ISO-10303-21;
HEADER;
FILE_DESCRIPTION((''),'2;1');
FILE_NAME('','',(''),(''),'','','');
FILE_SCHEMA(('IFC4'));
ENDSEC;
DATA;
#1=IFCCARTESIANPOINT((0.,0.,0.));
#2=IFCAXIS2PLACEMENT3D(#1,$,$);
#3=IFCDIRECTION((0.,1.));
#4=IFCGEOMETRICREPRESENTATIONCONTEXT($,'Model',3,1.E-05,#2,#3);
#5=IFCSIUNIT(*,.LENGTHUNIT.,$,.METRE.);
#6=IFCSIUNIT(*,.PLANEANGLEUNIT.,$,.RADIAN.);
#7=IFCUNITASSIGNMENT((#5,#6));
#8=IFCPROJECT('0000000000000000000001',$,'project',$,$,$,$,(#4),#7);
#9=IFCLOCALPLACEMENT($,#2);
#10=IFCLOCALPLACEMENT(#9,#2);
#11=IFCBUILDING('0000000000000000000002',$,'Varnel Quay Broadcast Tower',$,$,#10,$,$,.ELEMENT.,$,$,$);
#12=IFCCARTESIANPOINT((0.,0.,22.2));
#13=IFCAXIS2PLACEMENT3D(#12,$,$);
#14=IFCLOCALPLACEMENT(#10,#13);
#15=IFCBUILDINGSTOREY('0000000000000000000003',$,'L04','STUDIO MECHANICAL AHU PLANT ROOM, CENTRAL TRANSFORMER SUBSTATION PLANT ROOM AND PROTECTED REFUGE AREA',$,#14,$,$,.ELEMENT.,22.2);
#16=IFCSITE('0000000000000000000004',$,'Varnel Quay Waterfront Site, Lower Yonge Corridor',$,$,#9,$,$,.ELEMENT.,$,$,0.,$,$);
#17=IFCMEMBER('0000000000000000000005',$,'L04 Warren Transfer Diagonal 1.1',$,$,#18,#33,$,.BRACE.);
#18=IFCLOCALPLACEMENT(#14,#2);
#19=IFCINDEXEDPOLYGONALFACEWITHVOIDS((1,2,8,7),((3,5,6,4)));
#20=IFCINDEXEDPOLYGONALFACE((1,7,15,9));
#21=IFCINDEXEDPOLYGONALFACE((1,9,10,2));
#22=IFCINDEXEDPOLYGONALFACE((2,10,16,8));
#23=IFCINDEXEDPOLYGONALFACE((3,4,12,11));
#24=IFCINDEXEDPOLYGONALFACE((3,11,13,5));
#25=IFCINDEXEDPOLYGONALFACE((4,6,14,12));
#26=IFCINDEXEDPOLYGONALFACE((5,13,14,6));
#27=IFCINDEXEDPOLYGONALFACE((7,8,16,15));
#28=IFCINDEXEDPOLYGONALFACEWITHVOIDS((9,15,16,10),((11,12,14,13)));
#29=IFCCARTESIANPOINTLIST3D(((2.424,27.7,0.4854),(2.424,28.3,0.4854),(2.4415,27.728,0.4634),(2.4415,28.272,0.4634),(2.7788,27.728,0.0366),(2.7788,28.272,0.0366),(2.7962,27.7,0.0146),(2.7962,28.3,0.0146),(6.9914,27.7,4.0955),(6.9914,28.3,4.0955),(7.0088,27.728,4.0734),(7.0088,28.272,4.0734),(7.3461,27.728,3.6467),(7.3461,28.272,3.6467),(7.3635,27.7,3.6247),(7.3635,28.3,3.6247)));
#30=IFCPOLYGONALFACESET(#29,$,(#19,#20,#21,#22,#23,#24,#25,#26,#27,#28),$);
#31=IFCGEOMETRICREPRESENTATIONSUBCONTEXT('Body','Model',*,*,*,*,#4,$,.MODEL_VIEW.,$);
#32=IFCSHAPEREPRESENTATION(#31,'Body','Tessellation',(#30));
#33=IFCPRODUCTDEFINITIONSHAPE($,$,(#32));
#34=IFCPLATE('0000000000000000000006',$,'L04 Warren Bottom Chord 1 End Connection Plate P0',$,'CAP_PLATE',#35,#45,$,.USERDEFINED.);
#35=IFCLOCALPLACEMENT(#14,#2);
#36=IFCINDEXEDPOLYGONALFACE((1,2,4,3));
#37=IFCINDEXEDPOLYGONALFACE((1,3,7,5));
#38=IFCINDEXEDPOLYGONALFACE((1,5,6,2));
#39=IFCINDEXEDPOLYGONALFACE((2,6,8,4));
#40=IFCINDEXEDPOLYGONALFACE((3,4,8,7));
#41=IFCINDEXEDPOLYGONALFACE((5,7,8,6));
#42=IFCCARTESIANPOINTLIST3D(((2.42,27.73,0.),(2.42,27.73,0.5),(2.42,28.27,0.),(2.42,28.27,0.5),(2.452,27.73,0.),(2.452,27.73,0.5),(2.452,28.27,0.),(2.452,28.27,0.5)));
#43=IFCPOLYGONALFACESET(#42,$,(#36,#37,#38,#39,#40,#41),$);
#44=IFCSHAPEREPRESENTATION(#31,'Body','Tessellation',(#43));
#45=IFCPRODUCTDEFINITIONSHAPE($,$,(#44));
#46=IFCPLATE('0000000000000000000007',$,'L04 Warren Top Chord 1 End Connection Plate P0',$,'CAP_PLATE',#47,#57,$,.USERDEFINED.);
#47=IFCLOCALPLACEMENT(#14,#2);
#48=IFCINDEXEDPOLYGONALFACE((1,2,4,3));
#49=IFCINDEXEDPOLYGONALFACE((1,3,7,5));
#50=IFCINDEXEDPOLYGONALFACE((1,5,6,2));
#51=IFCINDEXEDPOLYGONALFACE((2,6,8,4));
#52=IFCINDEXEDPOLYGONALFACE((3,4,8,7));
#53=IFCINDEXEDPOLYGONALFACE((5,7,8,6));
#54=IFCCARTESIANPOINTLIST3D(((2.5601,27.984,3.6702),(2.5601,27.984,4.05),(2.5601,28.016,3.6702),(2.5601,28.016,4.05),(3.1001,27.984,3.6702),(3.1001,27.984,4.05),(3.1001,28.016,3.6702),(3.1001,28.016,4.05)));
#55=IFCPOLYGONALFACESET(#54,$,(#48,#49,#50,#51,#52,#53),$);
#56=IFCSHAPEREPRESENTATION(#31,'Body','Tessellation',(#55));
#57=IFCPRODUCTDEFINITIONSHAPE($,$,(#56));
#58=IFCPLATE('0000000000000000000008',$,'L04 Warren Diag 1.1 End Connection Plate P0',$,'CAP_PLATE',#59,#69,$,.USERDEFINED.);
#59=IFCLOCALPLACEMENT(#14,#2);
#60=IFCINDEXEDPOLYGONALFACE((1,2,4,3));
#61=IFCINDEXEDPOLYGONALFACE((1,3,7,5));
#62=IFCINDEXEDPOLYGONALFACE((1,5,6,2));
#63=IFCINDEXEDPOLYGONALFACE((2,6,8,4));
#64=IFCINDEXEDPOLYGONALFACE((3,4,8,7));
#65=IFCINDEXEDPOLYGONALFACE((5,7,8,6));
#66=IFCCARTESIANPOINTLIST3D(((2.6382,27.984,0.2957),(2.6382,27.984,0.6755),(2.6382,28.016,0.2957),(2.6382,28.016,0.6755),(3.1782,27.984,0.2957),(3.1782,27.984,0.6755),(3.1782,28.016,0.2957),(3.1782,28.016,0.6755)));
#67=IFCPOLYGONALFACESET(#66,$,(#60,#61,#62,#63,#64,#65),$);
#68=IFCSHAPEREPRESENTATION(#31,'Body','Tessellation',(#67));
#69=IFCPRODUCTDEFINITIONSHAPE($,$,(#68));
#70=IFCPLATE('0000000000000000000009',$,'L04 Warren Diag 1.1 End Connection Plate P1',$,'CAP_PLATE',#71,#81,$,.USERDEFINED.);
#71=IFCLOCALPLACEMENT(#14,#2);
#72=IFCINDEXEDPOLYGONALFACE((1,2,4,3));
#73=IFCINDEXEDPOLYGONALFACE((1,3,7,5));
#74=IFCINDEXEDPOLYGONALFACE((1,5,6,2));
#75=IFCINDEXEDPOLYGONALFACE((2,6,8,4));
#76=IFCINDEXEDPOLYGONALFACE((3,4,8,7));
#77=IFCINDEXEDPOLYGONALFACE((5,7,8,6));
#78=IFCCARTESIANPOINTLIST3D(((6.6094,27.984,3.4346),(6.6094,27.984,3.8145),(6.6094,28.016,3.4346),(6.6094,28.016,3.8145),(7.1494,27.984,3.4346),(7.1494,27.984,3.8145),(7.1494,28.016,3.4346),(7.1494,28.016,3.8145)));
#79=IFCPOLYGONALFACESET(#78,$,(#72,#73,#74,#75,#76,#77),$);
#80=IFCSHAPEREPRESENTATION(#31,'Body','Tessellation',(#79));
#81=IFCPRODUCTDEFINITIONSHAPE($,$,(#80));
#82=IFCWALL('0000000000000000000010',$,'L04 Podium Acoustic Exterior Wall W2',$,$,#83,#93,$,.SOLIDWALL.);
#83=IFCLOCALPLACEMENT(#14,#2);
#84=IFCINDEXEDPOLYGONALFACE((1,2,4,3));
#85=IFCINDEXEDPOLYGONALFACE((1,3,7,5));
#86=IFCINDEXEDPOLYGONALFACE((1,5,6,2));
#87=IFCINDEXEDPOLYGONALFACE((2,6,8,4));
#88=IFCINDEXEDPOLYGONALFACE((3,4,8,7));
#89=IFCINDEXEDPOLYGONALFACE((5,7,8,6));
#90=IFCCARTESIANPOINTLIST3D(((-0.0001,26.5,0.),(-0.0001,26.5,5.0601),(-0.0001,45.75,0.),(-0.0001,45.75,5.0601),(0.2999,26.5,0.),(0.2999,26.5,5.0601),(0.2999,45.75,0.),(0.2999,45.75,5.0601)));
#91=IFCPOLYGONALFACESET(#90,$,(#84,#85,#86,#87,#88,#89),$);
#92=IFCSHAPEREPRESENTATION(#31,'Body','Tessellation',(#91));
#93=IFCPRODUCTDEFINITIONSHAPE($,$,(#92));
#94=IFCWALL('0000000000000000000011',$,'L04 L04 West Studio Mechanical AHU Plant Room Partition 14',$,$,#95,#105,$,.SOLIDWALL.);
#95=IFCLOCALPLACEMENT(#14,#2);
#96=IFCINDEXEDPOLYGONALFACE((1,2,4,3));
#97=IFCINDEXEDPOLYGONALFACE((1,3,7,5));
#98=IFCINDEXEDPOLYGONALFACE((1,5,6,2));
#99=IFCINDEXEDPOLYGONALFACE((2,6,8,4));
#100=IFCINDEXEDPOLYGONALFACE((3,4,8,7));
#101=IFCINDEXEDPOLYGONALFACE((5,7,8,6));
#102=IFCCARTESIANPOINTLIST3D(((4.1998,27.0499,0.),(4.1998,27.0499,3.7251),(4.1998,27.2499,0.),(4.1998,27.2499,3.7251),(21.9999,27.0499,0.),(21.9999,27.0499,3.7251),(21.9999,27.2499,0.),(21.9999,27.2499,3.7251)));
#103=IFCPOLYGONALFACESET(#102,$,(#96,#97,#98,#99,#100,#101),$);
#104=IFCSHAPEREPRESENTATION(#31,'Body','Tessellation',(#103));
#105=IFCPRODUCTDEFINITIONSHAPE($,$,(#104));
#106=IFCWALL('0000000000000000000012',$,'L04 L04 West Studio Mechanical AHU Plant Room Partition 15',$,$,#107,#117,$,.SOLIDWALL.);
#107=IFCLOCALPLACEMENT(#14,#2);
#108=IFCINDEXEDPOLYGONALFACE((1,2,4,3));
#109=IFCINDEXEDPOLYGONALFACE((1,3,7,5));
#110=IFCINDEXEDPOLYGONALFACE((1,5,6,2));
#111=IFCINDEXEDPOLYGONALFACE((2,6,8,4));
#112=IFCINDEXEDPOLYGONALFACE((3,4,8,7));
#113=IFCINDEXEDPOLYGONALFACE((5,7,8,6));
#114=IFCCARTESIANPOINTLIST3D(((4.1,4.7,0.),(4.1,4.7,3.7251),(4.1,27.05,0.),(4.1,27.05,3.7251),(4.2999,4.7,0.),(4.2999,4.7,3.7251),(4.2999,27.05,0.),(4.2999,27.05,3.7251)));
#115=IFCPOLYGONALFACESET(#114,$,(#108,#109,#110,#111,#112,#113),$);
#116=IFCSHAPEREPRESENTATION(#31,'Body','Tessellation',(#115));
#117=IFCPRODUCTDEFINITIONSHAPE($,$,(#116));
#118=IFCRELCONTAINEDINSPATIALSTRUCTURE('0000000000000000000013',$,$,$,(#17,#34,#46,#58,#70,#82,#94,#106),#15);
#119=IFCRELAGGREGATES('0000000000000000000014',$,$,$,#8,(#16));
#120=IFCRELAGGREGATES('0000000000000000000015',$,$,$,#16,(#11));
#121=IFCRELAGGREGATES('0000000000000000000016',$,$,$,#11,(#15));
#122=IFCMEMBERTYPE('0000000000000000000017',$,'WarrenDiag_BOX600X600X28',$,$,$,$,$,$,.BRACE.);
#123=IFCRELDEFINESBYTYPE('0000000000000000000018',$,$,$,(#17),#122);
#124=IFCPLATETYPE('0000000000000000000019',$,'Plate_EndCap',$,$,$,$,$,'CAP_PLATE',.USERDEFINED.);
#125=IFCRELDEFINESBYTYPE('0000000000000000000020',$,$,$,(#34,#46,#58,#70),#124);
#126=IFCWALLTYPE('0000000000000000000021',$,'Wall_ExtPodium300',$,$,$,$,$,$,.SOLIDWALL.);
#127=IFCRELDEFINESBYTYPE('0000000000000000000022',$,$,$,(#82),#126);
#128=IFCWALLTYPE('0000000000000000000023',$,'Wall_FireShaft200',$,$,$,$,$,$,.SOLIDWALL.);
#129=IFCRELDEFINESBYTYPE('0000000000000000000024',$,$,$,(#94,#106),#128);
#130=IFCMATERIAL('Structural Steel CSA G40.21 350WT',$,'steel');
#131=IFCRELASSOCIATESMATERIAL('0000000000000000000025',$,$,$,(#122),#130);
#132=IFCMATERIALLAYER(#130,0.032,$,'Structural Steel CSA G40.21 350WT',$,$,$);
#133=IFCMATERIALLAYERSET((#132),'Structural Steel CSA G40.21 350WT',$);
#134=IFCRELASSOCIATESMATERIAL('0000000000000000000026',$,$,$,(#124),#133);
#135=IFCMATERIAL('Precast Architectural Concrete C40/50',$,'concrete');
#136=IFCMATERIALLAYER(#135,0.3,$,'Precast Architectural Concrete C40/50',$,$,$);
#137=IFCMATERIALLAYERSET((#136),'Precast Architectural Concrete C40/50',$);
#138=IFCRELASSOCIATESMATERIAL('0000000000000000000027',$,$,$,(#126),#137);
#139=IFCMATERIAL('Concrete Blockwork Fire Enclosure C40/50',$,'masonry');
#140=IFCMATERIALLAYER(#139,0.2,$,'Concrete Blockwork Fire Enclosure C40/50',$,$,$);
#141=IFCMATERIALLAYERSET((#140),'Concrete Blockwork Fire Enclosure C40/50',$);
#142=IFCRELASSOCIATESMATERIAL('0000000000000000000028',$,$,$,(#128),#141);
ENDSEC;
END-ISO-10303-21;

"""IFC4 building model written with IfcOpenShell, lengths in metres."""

from ifc_helpers import new_model, si_unit, direction, frame, frame_2d, origin, origin_2d, place, context, subcontext, project, spatial, rectangle, hollow_rectangle, extrude, source, transform, mapped, material, layer, layer_set, material_profile, profile_set, type_object, type_shapes, element, save


model = new_model("IFC4")

# Units and contexts
model_context = context("Model", 3, precision=1e-05, world=origin(), true_north=direction((0.0, 1.0)))
body_context = subcontext(model_context, "Body", "Model", "MODEL_VIEW")
ifc_project = project(units=[si_unit("LENGTHUNIT", "METRE"), si_unit("PLANEANGLEUNIT", "RADIAN")], contexts=[model_context])

# Site, building, storey
site_placement = place(None, origin())
site = spatial("IfcSite", under=ifc_project, at=site_placement, Name="Varnel Quay Waterfront Site, Lower Yonge Corridor", CompositionType="ELEMENT", RefElevation=0.0)
building_placement = place(site_placement, origin())
building = spatial("IfcBuilding", under=site, at=building_placement, Name="Varnel Quay Broadcast Tower", CompositionType="ELEMENT")
storey_placement = place(building_placement, frame((0.0, 0.0, 22.2)))
storey = spatial("IfcBuildingStorey", under=building, at=storey_placement, Name="L04", Description="STUDIO MECHANICAL AHU PLANT ROOM, CENTRAL TRANSFORMER SUBSTATION PLANT ROOM AND PROTECTED REFUGE AREA", CompositionType="ELEMENT", Elevation=22.2)

# Shared definitions
ifc_material_1 = material(Name="Structural Steel CSA G40.21 350WT", Category="steel")

# Member
ifc_material_profile_1 = material_profile(ifc_material_1, hollow_rectangle(XDim=0.6001, YDim=0.6001, WallThickness=0.0281, at=origin_2d()), Name="BOX600X600X28")
ifc_profile_set_1 = profile_set([ifc_material_profile_1], Name="Structural Steel CSA G40.21 350WT")
member_type_1 = type_object("IfcMemberType", Name="WarrenDiag_BOX600X600X28", PredefinedType="BRACE", material=ifc_profile_set_1)
shared_shape_1 = source(origin(), body_context, "Body", "SweptSolid", [
    extrude(hollow_rectangle(XDim=0.6001, YDim=0.6001, WallThickness=0.0281, at=origin_2d()), origin(), (0.0, 0.0, 1.0), 5.8218),
])
type_shapes(member_type_1, [shared_shape_1])
member_placement = place(storey_placement, frame((2.6101, 28.0, 0.25), z_axis=(0.784525, 0.0, 0.620097), x_axis=(0.0, 1.0, 0.0)))
element("IfcMember", 1, at=member_placement, inside=storey, type_object=member_type_1, Name="L04 Warren Transfer Diagonal 1.1", PredefinedType="BRACE", context=body_context, shape_type="MappedRepresentation", body=[
    mapped(shared_shape_1, transform((0.0, 0.0, 0.0), x_axis=(1.0, 0.0, 0.0), y_axis=(0.0, 1.0, 0.0), z_axis=(0.0, 0.0, 1.0), scale=1.0)),
])

# Plates
ifc_layer_1 = layer(ifc_material_1, 0.032, Name="Structural Steel CSA G40.21 350WT")
ifc_layer_set_1 = layer_set([ifc_layer_1], Name="Structural Steel CSA G40.21 350WT")
plate_type = type_object("IfcPlateType", Name="Plate_EndCap", ElementType="CAP_PLATE", PredefinedType="USERDEFINED", material=ifc_layer_set_1)
shared_shape_2 = source(origin(), body_context, "Body", "SweptSolid", [
    extrude(rectangle(XDim=0.54, YDim=0.032, at=origin_2d()), origin(), (0.0, 0.0, 1.0), 0.5),
])
plate_placement = place(storey_placement, frame((2.436, 28.0, 0.0), z_axis=(0.0, 0.0, 1.0), x_axis=(0.0, 1.0, 0.0)))
element("IfcPlate", 2, at=plate_placement, inside=storey, type_object=plate_type, Name="L04 Warren Bottom Chord 1 End Connection Plate P0", ObjectType="CAP_PLATE", PredefinedType="USERDEFINED", context=body_context, shape_type="MappedRepresentation", body=[
    mapped(shared_shape_2, transform((0.0, 0.0, 0.0), x_axis=(1.0, 0.0, 0.0), y_axis=(0.0, 1.0, 0.0), z_axis=(0.0, 0.0, 1.0), scale=1.0)),
])
shared_shape_3 = source(origin(), body_context, "Body", "SweptSolid", [
    extrude(rectangle(XDim=0.54, YDim=0.032, at=origin_2d()), origin(), (0.0, 0.0, 1.0), 0.3799),
])
type_shapes(plate_type, [shared_shape_2, shared_shape_3])
for number, where, z_axis, x_axis, name in (
    (3, (2.8301, 28.0, 3.6702), (0.0, 0.0, 1.0), (1.0, 0.0, 0.0), "L04 Warren Top Chord 1 End Connection Plate P0"),
    (4, (2.9082, 28.0, 0.2957), (0.0, 0.0, 1.0), (1.0, 0.0, 0.0), "L04 Warren Diag 1.1 End Connection Plate P0"),
    (5, (6.8794, 28.0, 3.4346), (0.0, 0.0, 1.0), (1.0, 0.0, 0.0), "L04 Warren Diag 1.1 End Connection Plate P1"),
):
    element("IfcPlate", number, at=place(storey_placement, frame(where, z_axis=z_axis, x_axis=x_axis)), inside=storey, type_object=plate_type, Name=name, ObjectType="CAP_PLATE", PredefinedType="USERDEFINED", context=body_context, shape_type="MappedRepresentation", body=[
        mapped(shared_shape_3, transform((0.0, 0.0, 0.0), x_axis=(1.0, 0.0, 0.0), y_axis=(0.0, 1.0, 0.0), z_axis=(0.0, 0.0, 1.0), scale=1.0)),
    ])

# Walls
ifc_material_2 = material(Name="Precast Architectural Concrete C40/50", Category="concrete")
ifc_layer_2 = layer(ifc_material_2, 0.3, Name="Precast Architectural Concrete C40/50")
ifc_layer_set_2 = layer_set([ifc_layer_2], Name="Precast Architectural Concrete C40/50")
wall_type_1 = type_object("IfcWallType", Name="Wall_ExtPodium300", PredefinedType="SOLIDWALL", material=ifc_layer_set_2)
wall_1_placement = place(storey_placement, frame((0.1499, 26.5, 0.0), z_axis=(0.0, 0.0, 1.0), x_axis=(0.0, 1.0, 0.0)))
element("IfcWall", 6, at=wall_1_placement, inside=storey, type_object=wall_type_1, Name="L04 Podium Acoustic Exterior Wall W2", PredefinedType="SOLIDWALL", context=body_context, shape_type="SweptSolid", body=[
    extrude(rectangle(XDim=19.25, YDim=0.3, at=frame_2d((9.625, 0.0))), origin(), (0.0, 0.0, 1.0), 5.0601),
])
ifc_material_3 = material(Name="Concrete Blockwork Fire Enclosure C40/50", Category="masonry")
ifc_layer_3 = layer(ifc_material_3, 0.2, Name="Concrete Blockwork Fire Enclosure C40/50")
ifc_layer_set_3 = layer_set([ifc_layer_3], Name="Concrete Blockwork Fire Enclosure C40/50")
wall_type_2 = type_object("IfcWallType", Name="Wall_FireShaft200", PredefinedType="SOLIDWALL", material=ifc_layer_set_3)
wall_2_placement = place(storey_placement, frame((4.2, 27.1499, 0.0), z_axis=(0.0, 0.0, 1.0), x_axis=(1.0, 0.0, 0.0)))
element("IfcWall", 7, at=wall_2_placement, inside=storey, type_object=wall_type_2, Name="L04 L04 West Studio Mechanical AHU Plant Room Partition 14", PredefinedType="SOLIDWALL", context=body_context, shape_type="SweptSolid", body=[
    extrude(rectangle(XDim=17.8, YDim=0.2, at=frame_2d((8.8999, 0.0))), origin(), (0.0, 0.0, 1.0), 3.7251),
])
wall_3_placement = place(storey_placement, frame((4.2, 4.7, 0.0), z_axis=(0.0, 0.0, 1.0), x_axis=(0.0, 1.0, 0.0)))
element("IfcWall", 8, at=wall_3_placement, inside=storey, type_object=wall_type_2, Name="L04 L04 West Studio Mechanical AHU Plant Room Partition 15", PredefinedType="SOLIDWALL", context=body_context, shape_type="SweptSolid", body=[
    extrude(rectangle(XDim=22.3501, YDim=0.2, at=frame_2d((11.175, 0.0))), origin(), (0.0, 0.0, 1.0), 3.7251),
])

save(model, "model.ifc")
